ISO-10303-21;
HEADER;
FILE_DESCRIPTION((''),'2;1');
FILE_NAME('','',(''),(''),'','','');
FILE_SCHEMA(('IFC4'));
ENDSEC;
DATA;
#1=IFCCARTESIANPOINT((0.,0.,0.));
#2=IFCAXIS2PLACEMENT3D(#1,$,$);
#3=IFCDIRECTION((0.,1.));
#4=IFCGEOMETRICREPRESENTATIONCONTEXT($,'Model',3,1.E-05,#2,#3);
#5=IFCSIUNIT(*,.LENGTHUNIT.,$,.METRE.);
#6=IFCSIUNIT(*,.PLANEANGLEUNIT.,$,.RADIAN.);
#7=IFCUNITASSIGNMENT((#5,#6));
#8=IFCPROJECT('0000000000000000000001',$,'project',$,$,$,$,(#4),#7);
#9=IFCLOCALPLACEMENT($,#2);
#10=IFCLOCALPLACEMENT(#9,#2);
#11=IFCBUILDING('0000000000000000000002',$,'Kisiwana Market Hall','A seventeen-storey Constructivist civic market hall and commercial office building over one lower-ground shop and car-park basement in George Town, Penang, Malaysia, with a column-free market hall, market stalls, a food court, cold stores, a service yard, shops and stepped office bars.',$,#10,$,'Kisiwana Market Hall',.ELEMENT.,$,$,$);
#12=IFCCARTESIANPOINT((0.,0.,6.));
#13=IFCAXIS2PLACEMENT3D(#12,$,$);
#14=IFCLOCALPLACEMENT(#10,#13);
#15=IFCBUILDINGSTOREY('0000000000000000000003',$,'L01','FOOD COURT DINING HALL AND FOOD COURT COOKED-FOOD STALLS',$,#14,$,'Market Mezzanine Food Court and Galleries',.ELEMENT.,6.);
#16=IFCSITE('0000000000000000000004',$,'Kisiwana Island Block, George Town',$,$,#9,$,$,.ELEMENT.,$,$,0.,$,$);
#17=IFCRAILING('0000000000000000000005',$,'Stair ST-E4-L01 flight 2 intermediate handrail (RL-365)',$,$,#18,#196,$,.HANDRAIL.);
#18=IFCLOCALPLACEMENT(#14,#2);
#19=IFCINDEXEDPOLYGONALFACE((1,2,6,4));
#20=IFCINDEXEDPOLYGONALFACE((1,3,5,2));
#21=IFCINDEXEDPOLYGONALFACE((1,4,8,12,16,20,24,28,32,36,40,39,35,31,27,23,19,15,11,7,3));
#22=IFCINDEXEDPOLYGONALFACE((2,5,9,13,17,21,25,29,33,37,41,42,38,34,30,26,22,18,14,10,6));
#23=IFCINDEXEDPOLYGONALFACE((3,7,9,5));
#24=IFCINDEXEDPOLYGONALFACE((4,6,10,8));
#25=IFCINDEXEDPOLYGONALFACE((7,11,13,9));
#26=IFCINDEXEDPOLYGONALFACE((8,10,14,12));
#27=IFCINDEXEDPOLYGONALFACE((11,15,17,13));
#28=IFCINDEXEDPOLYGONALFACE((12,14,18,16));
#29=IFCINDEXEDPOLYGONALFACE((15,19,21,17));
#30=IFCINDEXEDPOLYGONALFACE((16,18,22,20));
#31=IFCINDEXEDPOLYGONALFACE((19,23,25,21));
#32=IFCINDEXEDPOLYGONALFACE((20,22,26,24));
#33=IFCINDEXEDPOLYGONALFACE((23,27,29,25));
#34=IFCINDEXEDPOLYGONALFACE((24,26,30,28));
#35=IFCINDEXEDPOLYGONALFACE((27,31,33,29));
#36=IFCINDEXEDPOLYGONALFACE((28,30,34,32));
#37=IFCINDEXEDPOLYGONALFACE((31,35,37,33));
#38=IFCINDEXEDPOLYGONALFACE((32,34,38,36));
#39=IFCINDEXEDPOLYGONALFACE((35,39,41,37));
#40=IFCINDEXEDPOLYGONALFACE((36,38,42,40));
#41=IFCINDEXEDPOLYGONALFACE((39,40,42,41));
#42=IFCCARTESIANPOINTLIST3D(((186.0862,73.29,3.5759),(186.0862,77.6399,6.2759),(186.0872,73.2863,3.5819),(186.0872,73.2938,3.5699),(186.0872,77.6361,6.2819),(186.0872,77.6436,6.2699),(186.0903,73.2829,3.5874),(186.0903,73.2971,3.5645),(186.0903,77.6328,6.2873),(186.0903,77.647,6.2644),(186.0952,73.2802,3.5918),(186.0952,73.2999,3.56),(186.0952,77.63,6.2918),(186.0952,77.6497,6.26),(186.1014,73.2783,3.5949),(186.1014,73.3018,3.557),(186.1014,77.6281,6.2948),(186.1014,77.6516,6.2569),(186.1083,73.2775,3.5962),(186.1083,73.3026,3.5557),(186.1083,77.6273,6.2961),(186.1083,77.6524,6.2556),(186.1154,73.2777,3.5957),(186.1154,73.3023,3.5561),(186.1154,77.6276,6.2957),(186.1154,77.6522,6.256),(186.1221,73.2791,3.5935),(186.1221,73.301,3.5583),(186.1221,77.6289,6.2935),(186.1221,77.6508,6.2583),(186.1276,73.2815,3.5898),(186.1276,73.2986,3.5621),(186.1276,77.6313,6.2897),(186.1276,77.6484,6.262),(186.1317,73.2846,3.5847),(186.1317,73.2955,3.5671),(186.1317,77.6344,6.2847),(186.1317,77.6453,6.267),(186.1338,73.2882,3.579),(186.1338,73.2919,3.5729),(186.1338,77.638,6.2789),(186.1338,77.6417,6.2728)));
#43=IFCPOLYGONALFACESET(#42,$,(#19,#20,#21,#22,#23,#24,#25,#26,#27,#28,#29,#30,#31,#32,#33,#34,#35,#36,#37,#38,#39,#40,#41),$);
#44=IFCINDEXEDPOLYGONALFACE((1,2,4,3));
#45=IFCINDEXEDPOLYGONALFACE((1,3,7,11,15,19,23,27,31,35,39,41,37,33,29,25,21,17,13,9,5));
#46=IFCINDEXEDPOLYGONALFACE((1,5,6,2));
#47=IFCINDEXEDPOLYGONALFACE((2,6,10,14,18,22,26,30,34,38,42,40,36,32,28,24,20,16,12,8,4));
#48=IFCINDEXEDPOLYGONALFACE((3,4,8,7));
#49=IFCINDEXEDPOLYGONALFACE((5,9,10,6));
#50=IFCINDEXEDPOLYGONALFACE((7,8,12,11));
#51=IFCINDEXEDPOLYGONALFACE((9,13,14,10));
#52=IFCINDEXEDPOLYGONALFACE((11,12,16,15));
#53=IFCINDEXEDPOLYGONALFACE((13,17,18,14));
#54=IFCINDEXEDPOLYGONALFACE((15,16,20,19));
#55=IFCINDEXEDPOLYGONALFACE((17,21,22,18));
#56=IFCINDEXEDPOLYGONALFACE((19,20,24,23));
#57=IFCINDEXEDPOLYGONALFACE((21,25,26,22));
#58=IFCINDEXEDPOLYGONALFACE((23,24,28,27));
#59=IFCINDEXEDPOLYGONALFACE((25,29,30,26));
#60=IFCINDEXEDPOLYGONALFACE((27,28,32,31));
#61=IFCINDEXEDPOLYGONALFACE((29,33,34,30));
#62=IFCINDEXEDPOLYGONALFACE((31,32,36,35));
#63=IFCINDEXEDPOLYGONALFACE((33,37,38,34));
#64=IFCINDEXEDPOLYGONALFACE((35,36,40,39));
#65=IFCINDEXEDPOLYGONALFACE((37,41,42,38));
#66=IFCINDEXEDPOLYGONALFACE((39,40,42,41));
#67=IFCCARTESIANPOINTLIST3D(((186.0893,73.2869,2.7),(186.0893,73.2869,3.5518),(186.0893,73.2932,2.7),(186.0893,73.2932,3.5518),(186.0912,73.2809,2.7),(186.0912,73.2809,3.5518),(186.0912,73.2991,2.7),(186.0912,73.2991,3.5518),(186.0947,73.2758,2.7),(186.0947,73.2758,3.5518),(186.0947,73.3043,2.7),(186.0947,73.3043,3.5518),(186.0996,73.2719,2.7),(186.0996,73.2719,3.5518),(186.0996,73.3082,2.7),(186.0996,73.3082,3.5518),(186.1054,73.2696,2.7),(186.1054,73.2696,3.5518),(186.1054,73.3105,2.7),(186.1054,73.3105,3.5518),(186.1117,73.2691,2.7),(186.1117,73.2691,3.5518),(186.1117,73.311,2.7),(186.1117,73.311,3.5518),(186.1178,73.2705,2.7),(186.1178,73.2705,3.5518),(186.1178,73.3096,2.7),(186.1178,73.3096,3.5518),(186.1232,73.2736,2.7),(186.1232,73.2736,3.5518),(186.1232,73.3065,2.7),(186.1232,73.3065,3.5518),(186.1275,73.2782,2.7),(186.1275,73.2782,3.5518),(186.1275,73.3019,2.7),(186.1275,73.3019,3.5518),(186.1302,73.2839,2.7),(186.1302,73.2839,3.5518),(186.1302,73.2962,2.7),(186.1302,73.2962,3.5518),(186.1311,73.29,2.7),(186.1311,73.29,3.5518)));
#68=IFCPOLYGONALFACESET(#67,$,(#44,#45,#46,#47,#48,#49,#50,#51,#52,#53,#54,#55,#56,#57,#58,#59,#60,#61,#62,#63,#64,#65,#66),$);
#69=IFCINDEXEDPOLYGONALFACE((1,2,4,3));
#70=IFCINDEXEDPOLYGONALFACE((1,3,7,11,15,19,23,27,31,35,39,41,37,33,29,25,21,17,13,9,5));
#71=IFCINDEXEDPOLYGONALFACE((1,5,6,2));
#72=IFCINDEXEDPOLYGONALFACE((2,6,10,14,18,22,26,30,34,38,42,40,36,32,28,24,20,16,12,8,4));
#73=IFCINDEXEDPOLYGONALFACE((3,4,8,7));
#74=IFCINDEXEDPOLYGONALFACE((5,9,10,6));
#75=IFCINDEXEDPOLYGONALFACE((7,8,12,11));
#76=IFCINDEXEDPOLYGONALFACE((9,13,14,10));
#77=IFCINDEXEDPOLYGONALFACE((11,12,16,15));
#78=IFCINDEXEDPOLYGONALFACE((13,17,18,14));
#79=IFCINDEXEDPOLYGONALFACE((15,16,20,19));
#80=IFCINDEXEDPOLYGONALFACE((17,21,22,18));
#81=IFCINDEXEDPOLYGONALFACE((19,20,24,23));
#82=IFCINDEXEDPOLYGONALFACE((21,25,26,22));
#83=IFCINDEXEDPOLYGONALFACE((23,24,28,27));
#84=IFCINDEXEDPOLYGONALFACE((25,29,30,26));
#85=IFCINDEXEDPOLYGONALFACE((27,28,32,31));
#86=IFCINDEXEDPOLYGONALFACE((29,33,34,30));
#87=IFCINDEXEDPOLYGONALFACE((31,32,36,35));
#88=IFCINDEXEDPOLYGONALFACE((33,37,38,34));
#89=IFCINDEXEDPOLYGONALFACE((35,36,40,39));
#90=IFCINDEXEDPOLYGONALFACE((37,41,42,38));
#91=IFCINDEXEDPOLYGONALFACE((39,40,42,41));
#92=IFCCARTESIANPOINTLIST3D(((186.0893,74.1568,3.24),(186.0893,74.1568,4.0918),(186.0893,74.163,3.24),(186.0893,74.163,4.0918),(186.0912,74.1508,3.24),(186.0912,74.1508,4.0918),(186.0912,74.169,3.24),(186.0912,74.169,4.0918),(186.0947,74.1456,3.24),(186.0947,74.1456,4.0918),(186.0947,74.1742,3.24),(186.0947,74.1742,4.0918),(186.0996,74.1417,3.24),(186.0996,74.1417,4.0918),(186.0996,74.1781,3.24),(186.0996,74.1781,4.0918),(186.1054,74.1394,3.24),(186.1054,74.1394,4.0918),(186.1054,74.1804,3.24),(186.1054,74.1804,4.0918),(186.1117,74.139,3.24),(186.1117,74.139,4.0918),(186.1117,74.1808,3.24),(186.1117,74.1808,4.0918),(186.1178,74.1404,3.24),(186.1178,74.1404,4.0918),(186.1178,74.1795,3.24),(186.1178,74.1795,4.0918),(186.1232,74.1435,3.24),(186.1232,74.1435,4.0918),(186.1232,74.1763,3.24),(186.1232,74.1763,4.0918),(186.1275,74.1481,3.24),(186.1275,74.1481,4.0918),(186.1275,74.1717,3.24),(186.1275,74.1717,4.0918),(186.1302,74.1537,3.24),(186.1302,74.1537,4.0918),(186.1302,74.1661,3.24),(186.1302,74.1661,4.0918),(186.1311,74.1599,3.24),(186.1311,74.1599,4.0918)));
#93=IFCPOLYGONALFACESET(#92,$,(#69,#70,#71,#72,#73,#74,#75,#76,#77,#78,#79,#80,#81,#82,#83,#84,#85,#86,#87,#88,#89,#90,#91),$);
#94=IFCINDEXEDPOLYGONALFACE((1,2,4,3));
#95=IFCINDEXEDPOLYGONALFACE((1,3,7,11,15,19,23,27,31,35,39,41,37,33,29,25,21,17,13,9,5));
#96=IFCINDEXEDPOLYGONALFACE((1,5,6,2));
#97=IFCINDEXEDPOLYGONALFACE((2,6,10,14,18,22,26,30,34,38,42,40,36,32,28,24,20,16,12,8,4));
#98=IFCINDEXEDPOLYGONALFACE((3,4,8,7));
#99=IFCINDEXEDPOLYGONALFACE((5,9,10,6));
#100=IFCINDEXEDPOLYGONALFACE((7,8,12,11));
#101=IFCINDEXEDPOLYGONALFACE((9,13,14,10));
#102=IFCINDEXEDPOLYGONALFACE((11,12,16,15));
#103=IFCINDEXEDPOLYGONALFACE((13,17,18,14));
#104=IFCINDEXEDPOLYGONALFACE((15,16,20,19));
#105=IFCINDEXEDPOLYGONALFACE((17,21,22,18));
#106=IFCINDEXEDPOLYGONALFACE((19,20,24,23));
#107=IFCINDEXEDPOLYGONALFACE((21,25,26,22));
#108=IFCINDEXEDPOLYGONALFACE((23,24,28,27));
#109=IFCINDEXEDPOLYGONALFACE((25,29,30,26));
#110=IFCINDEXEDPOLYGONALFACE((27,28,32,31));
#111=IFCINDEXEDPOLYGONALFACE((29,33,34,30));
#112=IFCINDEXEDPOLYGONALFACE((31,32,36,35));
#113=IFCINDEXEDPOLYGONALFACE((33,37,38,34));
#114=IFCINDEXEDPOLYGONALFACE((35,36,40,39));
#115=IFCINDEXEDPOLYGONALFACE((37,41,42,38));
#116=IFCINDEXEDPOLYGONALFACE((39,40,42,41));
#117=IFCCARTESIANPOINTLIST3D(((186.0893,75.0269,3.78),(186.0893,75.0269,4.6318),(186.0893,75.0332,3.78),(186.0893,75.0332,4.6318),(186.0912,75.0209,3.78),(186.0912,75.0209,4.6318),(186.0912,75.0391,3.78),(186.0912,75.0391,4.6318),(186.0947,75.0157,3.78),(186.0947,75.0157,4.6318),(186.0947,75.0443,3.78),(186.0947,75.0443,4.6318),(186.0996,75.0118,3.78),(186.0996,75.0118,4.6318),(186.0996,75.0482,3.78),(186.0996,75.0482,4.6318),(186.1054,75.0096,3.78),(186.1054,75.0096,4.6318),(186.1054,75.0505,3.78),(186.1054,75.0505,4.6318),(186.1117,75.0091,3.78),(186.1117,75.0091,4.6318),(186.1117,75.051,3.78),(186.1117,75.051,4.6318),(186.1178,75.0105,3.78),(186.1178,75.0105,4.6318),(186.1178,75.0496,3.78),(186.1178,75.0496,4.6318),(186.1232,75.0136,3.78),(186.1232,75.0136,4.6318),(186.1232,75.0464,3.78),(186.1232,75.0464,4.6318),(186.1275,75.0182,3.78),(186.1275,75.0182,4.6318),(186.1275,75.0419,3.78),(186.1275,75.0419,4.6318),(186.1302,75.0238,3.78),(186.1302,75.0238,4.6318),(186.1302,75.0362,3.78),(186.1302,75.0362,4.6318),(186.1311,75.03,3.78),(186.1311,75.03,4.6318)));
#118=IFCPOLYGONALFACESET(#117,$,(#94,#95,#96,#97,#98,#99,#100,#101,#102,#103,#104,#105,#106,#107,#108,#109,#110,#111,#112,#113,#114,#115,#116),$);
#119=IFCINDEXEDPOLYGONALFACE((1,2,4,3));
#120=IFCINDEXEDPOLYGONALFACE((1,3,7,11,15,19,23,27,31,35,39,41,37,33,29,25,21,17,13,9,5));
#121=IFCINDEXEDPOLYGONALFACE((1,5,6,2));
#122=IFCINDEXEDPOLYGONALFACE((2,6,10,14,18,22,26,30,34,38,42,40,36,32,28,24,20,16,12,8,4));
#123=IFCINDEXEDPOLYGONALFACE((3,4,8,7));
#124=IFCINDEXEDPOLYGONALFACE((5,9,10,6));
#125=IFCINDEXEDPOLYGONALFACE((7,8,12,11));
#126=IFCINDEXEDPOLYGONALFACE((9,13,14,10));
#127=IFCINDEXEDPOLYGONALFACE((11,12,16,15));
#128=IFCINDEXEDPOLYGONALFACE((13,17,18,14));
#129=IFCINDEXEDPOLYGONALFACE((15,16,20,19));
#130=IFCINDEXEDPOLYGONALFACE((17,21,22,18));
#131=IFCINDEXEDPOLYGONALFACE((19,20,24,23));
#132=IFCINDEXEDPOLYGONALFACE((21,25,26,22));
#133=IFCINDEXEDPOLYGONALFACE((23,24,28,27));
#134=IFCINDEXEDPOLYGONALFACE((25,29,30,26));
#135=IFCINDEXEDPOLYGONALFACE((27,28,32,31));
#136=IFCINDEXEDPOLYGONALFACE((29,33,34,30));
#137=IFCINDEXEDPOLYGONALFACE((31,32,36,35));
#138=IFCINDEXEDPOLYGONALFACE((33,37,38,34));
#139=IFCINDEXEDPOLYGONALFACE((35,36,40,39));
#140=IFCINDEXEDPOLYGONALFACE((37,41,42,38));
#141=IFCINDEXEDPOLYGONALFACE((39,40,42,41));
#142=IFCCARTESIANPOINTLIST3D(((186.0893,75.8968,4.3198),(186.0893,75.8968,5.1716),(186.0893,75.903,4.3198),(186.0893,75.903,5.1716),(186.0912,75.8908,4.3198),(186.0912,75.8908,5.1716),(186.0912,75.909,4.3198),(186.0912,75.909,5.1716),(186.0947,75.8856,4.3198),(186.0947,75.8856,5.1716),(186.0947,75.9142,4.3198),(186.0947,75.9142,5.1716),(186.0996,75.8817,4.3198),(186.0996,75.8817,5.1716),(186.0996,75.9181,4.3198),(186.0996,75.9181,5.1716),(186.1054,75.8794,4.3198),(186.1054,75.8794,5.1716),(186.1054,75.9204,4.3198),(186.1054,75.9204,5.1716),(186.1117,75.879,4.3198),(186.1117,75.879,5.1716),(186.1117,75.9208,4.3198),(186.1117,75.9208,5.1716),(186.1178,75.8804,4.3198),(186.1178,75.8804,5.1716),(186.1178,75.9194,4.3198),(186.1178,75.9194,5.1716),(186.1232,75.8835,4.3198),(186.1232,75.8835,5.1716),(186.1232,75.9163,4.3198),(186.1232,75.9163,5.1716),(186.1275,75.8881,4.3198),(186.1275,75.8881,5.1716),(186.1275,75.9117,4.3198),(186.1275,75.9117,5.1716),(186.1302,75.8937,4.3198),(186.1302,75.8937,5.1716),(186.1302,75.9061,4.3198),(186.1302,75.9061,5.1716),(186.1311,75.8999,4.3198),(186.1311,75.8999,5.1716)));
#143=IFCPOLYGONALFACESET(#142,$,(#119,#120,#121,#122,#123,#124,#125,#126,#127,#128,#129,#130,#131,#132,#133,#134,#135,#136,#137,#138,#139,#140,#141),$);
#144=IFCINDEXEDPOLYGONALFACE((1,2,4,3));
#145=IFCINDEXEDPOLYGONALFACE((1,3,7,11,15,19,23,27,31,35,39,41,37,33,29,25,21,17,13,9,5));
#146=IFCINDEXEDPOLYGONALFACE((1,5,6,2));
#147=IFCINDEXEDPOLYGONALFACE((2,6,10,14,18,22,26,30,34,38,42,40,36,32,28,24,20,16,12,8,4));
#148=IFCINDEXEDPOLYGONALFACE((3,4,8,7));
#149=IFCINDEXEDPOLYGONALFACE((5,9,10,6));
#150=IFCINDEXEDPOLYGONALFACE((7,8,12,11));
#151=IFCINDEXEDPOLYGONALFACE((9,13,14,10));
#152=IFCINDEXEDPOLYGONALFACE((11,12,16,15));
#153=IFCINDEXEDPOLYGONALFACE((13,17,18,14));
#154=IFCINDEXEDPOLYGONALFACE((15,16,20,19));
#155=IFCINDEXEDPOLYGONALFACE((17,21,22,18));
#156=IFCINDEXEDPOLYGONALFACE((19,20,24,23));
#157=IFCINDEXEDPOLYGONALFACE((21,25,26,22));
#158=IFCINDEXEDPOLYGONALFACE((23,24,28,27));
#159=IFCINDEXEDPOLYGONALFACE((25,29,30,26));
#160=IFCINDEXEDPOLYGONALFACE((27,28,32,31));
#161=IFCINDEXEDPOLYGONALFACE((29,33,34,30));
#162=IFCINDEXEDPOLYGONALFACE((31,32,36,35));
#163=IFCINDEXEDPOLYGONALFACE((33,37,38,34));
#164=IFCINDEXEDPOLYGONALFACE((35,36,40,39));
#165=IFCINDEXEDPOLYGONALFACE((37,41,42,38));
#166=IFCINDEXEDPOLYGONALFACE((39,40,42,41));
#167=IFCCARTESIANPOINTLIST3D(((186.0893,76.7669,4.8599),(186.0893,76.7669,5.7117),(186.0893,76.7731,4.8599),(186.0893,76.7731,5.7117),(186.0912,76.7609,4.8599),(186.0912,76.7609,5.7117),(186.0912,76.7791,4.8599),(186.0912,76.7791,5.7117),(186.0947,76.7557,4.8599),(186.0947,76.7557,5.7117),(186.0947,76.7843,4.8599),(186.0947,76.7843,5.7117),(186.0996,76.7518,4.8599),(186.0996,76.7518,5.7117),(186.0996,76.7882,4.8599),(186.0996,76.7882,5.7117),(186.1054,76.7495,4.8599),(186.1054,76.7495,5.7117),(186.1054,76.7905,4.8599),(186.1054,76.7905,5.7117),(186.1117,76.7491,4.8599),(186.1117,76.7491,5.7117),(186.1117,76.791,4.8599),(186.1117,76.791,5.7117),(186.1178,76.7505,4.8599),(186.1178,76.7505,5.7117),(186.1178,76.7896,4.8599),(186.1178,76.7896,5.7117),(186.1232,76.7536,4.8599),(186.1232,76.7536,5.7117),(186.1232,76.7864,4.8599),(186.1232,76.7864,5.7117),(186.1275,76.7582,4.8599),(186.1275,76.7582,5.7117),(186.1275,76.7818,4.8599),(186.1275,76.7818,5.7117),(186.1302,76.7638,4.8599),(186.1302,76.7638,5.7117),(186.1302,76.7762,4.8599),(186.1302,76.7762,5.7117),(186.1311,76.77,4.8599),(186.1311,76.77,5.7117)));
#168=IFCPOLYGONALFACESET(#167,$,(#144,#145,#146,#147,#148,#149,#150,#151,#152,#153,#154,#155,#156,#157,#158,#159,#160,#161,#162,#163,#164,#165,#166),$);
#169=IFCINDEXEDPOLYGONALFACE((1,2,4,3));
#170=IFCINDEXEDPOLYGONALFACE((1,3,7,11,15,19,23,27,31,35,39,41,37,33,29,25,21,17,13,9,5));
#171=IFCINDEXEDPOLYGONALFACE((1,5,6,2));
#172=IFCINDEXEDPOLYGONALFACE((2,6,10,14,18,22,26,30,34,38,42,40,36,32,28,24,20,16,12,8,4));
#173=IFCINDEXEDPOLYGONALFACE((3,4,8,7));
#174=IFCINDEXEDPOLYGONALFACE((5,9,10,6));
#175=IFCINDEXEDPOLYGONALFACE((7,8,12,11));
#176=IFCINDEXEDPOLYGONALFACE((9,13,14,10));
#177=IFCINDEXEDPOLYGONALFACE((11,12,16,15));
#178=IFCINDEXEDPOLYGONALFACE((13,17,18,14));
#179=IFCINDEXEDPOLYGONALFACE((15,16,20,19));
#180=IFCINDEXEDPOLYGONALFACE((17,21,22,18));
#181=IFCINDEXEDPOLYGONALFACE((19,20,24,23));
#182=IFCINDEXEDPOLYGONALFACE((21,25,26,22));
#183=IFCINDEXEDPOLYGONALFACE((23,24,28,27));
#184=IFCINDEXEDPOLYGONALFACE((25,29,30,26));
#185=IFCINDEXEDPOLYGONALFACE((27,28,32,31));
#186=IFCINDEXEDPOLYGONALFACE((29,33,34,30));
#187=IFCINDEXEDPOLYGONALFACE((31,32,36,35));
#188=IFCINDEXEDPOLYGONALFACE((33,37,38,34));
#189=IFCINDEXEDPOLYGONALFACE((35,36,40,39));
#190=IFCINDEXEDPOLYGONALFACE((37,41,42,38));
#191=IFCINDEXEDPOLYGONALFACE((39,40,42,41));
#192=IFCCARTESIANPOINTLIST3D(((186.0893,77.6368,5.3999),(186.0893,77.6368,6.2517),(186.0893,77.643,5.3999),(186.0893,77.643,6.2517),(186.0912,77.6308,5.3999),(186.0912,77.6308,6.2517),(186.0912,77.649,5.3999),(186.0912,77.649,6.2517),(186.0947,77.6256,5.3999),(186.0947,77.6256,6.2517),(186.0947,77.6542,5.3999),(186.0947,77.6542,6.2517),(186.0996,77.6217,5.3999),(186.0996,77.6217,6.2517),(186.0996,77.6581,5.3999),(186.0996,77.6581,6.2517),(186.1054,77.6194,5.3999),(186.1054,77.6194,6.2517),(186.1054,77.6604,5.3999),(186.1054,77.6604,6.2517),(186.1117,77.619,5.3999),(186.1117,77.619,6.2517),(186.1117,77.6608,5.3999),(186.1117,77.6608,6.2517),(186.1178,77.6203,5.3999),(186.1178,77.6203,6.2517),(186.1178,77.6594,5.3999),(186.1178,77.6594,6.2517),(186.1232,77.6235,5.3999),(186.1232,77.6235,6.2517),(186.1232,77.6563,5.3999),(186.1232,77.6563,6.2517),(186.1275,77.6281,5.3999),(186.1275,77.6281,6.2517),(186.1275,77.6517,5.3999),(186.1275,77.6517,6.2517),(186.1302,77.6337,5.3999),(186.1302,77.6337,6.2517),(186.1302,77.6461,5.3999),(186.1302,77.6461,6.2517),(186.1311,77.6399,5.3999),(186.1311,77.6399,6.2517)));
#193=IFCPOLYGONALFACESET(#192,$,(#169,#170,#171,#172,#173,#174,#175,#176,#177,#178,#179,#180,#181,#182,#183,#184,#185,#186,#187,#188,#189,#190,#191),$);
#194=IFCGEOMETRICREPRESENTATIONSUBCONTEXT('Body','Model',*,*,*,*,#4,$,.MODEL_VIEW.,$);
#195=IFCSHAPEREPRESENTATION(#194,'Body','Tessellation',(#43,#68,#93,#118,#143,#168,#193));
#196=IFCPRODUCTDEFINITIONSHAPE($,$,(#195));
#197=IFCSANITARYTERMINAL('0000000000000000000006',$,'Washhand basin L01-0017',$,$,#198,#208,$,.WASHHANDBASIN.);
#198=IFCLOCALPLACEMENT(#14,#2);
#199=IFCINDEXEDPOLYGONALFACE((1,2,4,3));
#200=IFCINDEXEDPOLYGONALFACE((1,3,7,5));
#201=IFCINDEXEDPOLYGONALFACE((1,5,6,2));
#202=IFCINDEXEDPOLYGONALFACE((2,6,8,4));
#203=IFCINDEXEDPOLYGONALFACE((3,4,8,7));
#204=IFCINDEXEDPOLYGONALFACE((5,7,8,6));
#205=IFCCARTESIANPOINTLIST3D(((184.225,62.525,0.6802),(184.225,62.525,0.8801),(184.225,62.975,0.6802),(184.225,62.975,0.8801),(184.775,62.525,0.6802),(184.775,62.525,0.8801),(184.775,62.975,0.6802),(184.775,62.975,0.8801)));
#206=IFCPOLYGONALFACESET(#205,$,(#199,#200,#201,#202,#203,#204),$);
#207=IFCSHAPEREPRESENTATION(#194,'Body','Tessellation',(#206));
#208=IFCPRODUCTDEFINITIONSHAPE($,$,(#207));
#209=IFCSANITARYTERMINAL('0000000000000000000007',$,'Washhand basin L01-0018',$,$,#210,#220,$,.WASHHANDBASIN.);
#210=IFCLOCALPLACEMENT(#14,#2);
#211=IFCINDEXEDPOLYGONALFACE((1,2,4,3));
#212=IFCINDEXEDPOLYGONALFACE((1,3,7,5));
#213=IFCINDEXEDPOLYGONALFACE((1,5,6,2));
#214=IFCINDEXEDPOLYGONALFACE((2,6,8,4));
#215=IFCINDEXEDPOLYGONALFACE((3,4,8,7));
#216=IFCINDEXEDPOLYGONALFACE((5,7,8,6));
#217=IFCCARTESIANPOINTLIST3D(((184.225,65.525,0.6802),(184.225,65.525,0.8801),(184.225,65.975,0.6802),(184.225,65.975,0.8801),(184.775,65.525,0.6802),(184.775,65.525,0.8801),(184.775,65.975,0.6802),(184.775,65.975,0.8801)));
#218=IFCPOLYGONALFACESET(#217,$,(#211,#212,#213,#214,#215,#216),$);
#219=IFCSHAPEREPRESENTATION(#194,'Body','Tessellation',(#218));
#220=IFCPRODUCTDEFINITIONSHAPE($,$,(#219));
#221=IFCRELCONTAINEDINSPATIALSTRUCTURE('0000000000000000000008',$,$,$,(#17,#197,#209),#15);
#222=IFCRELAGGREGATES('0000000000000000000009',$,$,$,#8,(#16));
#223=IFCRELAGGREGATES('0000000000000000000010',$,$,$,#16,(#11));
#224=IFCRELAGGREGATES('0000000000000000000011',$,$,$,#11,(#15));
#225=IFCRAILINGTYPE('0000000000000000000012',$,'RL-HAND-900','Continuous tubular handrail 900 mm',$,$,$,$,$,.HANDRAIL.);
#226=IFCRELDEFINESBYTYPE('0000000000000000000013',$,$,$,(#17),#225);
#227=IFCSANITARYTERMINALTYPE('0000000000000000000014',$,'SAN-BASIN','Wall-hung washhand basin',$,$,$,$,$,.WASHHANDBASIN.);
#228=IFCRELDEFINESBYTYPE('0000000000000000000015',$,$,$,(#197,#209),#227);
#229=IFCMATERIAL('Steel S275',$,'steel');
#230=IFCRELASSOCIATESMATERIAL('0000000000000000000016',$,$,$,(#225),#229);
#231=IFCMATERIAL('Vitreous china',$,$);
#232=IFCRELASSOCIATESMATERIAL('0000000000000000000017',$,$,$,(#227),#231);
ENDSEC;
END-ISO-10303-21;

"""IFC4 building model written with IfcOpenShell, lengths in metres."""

from ifc_helpers import new_model, si_unit, direction, frame, origin, origin_2d, place, context, subcontext, project, spatial, rectangle, circle, extrude, material, type_object, element, save


model = new_model("IFC4")

# Units and contexts
model_context = context("Model", 3, precision=1e-05, world=origin(), true_north=direction((0.0, 1.0)))
body_context = subcontext(model_context, "Body", "Model", "MODEL_VIEW")
ifc_project = project(units=[si_unit("LENGTHUNIT", "METRE"), si_unit("PLANEANGLEUNIT", "RADIAN")], contexts=[model_context])

# Site, building, storey
site_placement = place(None, origin())
site = spatial("IfcSite", under=ifc_project, at=site_placement, Name="Kisiwana Island Block, George Town", CompositionType="ELEMENT", RefElevation=0.0)
building_placement = place(site_placement, origin())
building = spatial("IfcBuilding", under=site, at=building_placement, Name="Kisiwana Market Hall", Description="A seventeen-storey Constructivist civic market hall and commercial office building over one lower-ground shop and car-park basement in George Town, Penang, Malaysia, with a column-free market hall, market stalls, a food court, cold stores, a service yard, shops and stepped office bars.", LongName="Kisiwana Market Hall", CompositionType="ELEMENT")
storey_placement = place(building_placement, frame((0.0, 0.0, 6.0)))
storey = spatial("IfcBuildingStorey", under=building, at=storey_placement, Name="L01", Description="FOOD COURT DINING HALL AND FOOD COURT COOKED-FOOD STALLS", LongName="Market Mezzanine Food Court and Galleries", CompositionType="ELEMENT", Elevation=6.0)

# Railing
ifc_material_1 = material(Name="Steel S275", Category="steel")
railing_type_1 = type_object("IfcRailingType", Name="RL-HAND-900", Description="Continuous tubular handrail 900 mm", PredefinedType="HANDRAIL", material=ifc_material_1)
railing_1_placement = place(storey_placement, frame((186.1101, 73.29, 2.7)))
element("IfcRailing", 1, at=railing_1_placement, inside=storey, type_object=railing_type_1, Name="Stair ST-E4-L01 flight 2 intermediate handrail (RL-365)", PredefinedType="HANDRAIL", context=body_context, shape_type="SweptSolid", body=[
    extrude(circle(Radius=0.0239, at=origin_2d()), frame((0.0, 0.0, 0.876), z_axis=(0.0, 0.849636, 0.527369), x_axis=(-1.0, 0.0, 0.0)), (0.0, 0.0, 1.0), 5.1196),
    extrude(circle(Radius=0.021, at=origin_2d()), origin(), (0.0, 0.0, 1.0), 0.8518),
    extrude(circle(Radius=0.021, at=origin_2d()), frame((0.0, 0.8699, 0.54)), (0.0, 0.0, 1.0), 0.8518),
    extrude(circle(Radius=0.021, at=origin_2d()), frame((0.0, 1.74, 1.0801)), (0.0, 0.0, 1.0), 0.8518),
    extrude(circle(Radius=0.021, at=origin_2d()), frame((0.0, 2.6099, 1.6199)), (0.0, 0.0, 1.0), 0.8518),
    extrude(circle(Radius=0.021, at=origin_2d()), frame((0.0, 3.48, 2.1599)), (0.0, 0.0, 1.0), 0.8518),
    extrude(circle(Radius=0.021, at=origin_2d()), frame((0.0, 4.3499, 2.7)), (0.0, 0.0, 1.0), 0.8518),
])

# Sanitary terminals
ifc_material_2 = material(Name="Vitreous china")
sanitary_terminal_type_1 = type_object("IfcSanitaryTerminalType", Name="SAN-BASIN", Description="Wall-hung washhand basin", PredefinedType="WASHHANDBASIN", material=ifc_material_2)
for number, where, z_axis, x_axis, name in (
    (2, (184.5, 62.75, 0.6802), (0.0, 0.0, 1.0), (1.0, 0.0, 0.0), "Washhand basin L01-0017"),
    (3, (184.5, 65.75, 0.6802), (0.0, 0.0, 1.0), (1.0, 0.0, 0.0), "Washhand basin L01-0018"),
):
    element("IfcSanitaryTerminal", number, at=place(storey_placement, frame(where, z_axis=z_axis, x_axis=x_axis)), inside=storey, type_object=sanitary_terminal_type_1, Name=name, PredefinedType="WASHHANDBASIN", context=body_context, shape_type="SweptSolid", body=[
        extrude(rectangle(XDim=0.55, YDim=0.45, at=origin_2d()), origin(), (0.0, 0.0, 1.0), 0.2),
    ])

save(model, "model.ifc")
